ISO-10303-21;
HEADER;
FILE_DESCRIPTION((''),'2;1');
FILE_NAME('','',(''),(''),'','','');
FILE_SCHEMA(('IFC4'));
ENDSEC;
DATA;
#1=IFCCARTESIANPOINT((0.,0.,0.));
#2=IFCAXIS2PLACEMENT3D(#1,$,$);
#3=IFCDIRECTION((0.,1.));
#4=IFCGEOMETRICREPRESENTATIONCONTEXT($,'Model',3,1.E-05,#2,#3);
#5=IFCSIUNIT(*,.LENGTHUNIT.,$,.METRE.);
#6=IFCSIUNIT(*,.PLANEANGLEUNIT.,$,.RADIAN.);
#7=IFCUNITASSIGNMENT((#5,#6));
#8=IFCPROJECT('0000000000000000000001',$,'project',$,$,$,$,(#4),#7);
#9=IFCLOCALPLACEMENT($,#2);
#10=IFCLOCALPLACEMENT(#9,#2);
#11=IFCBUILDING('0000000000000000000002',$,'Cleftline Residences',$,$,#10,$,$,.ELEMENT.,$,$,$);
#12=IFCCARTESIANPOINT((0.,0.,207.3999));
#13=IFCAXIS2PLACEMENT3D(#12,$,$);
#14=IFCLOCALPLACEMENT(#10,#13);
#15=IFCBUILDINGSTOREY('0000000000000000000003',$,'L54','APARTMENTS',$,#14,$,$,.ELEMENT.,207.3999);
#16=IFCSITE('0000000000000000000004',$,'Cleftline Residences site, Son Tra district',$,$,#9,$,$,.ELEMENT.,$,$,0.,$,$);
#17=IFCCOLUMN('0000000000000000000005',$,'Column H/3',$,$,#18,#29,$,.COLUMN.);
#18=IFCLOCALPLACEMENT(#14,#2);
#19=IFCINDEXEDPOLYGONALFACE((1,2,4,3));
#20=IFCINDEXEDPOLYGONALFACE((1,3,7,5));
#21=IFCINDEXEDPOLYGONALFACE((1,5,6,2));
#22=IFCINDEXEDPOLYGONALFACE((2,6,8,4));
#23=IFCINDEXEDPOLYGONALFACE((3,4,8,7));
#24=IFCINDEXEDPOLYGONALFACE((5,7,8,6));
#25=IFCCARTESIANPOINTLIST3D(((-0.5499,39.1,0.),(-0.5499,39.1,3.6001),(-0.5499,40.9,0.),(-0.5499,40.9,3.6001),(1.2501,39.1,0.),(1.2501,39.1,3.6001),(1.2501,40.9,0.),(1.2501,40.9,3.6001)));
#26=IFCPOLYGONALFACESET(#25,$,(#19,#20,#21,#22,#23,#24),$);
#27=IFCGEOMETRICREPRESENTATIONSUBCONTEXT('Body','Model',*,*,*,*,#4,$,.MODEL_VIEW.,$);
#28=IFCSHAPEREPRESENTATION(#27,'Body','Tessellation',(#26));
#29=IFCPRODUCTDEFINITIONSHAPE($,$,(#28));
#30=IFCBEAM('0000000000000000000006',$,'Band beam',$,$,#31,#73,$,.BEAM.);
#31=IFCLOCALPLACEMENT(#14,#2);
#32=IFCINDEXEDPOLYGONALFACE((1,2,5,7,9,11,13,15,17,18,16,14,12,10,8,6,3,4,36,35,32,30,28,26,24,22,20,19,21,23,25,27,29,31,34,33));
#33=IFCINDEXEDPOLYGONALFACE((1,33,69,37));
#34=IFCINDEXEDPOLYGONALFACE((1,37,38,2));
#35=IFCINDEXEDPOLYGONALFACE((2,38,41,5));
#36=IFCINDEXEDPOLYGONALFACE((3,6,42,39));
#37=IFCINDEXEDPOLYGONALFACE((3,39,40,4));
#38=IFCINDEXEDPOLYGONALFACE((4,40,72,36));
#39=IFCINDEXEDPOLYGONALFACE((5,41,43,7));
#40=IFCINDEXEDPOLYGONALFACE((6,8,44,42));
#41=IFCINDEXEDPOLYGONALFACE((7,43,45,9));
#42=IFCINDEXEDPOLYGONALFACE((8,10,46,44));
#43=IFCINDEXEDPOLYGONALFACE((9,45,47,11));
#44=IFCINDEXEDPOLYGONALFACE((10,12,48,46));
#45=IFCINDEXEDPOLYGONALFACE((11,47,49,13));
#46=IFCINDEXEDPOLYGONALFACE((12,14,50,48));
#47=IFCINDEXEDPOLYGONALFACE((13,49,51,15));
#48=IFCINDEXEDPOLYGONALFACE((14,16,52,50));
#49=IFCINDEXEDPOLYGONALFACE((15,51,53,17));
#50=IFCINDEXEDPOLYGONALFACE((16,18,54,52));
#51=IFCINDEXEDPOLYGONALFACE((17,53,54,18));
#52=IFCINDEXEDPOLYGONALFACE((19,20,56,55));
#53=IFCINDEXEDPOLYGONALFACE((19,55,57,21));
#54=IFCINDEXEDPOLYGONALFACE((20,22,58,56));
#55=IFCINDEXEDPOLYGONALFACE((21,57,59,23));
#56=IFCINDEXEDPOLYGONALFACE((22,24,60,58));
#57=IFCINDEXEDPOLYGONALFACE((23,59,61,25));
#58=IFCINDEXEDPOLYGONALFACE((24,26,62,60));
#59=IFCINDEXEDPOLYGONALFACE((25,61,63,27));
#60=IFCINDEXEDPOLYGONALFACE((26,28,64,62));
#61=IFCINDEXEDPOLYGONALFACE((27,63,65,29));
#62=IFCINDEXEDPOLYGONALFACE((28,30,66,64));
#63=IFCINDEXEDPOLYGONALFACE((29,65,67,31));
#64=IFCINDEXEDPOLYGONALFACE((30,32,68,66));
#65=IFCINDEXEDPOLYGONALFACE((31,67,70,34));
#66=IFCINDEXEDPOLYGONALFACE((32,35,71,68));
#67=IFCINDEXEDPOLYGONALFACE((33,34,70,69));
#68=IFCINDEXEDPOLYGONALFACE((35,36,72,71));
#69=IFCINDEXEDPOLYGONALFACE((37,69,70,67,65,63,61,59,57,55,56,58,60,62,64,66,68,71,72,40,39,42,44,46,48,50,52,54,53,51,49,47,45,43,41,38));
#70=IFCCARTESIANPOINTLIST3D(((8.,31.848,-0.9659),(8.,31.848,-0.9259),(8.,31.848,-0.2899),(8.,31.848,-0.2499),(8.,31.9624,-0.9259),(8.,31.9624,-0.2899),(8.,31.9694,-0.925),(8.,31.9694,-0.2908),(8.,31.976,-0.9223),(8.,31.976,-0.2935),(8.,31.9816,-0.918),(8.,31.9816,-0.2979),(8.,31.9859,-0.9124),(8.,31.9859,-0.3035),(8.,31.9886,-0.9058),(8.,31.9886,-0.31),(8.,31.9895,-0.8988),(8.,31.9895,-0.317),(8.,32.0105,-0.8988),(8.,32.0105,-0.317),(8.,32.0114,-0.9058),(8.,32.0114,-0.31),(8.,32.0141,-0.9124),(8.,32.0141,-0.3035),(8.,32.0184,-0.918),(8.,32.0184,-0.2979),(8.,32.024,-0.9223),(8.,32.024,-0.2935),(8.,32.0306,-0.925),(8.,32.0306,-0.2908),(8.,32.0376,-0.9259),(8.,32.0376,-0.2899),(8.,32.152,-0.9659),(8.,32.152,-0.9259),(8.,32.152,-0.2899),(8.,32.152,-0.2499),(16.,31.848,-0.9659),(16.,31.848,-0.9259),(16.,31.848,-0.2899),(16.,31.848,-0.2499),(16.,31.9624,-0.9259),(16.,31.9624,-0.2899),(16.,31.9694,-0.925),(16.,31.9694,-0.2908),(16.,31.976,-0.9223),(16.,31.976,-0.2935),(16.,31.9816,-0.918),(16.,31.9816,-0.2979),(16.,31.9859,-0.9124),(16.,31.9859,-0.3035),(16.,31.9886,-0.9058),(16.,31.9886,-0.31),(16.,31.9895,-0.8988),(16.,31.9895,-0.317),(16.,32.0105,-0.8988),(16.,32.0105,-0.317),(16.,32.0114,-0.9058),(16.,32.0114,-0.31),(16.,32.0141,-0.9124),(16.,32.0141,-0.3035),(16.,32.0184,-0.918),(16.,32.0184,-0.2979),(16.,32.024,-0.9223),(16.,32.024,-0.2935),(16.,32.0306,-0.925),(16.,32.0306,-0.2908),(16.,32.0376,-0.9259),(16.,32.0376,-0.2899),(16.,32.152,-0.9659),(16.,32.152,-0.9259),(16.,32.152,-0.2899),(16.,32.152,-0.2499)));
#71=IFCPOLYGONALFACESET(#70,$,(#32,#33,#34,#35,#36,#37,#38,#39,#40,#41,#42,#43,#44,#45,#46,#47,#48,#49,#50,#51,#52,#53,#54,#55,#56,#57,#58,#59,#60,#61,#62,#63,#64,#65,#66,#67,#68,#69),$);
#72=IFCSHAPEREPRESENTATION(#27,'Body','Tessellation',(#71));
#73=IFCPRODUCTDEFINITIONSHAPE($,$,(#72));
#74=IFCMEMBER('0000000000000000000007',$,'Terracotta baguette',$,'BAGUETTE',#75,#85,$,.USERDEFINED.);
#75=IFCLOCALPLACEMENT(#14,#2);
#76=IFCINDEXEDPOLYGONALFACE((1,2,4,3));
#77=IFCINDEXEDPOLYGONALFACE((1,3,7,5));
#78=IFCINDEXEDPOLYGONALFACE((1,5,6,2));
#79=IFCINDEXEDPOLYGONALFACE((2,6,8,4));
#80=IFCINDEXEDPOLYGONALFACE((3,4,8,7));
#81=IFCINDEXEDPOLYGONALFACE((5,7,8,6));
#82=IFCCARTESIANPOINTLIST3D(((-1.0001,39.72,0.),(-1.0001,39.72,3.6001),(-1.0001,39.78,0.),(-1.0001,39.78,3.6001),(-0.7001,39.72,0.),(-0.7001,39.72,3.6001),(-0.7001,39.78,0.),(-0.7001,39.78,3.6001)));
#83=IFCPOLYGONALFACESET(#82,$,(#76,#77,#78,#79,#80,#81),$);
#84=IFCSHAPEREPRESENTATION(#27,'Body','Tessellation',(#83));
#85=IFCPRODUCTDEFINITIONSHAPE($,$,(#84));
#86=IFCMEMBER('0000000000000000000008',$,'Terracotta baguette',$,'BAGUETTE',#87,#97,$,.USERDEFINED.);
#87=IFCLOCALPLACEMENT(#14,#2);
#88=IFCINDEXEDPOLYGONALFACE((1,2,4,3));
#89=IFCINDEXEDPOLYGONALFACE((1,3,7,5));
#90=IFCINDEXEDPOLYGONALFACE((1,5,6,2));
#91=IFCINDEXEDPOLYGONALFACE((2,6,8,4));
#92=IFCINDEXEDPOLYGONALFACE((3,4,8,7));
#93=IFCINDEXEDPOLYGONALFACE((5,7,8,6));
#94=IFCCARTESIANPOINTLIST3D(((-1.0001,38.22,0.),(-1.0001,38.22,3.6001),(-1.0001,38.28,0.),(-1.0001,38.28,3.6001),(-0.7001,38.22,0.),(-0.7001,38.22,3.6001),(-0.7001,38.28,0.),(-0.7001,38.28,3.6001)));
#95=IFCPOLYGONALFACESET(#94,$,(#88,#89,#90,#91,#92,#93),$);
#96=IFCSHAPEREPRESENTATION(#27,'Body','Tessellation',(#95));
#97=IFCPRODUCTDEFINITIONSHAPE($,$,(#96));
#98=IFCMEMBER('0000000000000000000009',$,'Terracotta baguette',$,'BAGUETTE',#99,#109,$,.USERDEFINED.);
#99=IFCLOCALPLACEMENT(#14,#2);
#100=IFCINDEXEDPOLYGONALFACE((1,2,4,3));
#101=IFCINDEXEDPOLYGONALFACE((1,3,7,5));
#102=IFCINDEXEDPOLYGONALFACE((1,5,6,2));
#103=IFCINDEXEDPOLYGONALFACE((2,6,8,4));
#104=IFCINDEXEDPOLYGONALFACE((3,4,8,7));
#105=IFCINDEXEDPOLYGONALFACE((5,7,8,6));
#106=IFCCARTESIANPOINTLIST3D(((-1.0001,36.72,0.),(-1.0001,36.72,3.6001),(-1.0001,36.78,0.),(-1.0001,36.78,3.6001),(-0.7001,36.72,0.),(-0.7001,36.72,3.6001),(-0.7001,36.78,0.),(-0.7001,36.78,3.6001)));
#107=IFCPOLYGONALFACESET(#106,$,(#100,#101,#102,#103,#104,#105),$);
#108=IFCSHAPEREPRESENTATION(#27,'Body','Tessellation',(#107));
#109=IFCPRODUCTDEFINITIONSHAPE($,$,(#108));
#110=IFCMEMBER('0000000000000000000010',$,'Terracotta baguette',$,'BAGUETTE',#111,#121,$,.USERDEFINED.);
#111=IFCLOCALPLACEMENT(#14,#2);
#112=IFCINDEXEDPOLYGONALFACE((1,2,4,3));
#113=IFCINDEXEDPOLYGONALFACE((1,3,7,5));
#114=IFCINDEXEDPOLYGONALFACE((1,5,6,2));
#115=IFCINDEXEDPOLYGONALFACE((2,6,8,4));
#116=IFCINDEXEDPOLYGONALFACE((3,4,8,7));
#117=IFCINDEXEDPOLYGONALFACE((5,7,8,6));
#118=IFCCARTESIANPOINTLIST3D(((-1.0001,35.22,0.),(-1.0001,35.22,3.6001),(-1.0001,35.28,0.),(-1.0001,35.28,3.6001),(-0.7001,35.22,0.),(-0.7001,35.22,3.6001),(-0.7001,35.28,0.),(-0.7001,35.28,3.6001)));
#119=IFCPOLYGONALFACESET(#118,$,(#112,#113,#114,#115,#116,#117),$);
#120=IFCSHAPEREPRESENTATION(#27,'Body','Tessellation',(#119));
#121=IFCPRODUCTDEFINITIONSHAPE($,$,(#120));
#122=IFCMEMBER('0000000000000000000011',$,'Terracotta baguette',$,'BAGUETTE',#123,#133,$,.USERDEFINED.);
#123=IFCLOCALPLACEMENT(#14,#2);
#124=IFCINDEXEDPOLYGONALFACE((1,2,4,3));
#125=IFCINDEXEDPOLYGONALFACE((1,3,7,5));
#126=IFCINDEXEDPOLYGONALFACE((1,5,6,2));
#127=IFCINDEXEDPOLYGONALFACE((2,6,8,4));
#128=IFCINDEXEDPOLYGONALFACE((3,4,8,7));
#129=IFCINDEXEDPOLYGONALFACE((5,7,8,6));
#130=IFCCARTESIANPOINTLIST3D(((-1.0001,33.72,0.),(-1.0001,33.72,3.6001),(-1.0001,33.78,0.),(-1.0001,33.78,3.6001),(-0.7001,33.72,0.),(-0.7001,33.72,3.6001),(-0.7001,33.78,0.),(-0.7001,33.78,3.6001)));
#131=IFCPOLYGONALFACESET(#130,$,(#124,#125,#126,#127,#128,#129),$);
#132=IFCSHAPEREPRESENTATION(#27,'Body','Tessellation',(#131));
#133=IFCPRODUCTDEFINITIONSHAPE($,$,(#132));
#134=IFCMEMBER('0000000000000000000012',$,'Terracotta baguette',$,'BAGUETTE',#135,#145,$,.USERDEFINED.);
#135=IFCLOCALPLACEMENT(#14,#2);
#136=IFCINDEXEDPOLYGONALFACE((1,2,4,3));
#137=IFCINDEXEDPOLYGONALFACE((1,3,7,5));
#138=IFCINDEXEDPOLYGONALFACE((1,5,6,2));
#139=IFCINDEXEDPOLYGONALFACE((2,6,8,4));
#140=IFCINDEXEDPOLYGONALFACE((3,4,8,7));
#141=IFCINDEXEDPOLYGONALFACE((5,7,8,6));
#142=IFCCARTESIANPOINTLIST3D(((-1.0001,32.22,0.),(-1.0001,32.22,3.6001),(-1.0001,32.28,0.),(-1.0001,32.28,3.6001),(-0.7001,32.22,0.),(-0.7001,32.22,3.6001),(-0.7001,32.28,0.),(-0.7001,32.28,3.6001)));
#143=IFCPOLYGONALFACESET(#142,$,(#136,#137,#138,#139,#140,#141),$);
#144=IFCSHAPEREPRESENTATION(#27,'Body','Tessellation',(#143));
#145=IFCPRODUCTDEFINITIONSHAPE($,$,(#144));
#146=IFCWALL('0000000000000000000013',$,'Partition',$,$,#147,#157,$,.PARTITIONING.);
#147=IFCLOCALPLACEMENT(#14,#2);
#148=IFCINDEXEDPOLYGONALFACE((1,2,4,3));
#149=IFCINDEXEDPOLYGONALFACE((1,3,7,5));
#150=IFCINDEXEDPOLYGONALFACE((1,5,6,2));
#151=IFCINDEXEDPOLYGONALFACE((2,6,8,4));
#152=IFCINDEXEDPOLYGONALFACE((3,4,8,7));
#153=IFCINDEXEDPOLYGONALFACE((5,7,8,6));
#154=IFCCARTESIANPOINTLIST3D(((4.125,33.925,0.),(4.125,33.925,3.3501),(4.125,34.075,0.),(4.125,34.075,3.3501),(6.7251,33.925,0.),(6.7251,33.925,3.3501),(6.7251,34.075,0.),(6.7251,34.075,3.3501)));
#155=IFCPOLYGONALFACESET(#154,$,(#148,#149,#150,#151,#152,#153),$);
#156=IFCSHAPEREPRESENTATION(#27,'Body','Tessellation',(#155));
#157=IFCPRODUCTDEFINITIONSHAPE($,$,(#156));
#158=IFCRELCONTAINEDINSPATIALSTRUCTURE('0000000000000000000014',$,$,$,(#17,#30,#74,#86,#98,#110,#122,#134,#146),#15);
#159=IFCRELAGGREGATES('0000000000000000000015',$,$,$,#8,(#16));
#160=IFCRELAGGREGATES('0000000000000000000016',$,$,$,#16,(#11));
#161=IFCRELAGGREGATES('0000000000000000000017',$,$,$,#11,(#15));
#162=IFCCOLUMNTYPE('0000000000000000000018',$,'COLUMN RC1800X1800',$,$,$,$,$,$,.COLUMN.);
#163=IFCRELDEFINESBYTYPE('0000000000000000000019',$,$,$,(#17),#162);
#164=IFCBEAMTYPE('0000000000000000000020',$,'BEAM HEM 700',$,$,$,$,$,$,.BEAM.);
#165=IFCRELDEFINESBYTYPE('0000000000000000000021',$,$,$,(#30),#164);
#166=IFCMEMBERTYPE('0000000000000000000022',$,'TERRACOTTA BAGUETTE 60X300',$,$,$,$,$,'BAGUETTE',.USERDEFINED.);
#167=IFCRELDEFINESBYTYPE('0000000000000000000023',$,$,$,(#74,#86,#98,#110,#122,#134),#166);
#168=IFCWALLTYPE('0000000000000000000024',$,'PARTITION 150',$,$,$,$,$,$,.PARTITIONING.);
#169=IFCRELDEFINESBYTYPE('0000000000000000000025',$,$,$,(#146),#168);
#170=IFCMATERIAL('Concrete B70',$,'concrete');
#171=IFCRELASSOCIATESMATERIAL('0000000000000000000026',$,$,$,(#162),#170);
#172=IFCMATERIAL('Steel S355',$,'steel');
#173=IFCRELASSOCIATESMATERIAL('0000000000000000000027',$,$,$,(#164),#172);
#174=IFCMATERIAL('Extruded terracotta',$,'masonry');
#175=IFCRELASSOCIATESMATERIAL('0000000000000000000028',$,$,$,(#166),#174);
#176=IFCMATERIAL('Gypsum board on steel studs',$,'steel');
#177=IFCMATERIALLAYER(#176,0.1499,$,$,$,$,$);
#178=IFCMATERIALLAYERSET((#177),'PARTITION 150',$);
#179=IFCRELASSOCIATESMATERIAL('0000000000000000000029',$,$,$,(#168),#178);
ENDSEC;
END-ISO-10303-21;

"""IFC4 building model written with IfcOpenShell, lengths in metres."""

from ifc_helpers import new_model, si_unit, direction, frame, frame_2d, origin, origin_2d, place, context, subcontext, project, spatial, rectangle, i_section, extrude, material, layer, layer_set, material_profile, profile_set, type_object, element, save


model = new_model("IFC4")

# Units and contexts
model_context = context("Model", 3, precision=1e-05, world=origin(), true_north=direction((0.0, 1.0)))
body_context = subcontext(model_context, "Body", "Model", "MODEL_VIEW")
ifc_project = project(units=[si_unit("LENGTHUNIT", "METRE"), si_unit("PLANEANGLEUNIT", "RADIAN")], contexts=[model_context])

# Site, building, storey
site_placement = place(None, origin())
site = spatial("IfcSite", under=ifc_project, at=site_placement, Name="Cleftline Residences site, Son Tra district", CompositionType="ELEMENT", RefElevation=0.0)
building_placement = place(site_placement, origin())
building = spatial("IfcBuilding", under=site, at=building_placement, Name="Cleftline Residences", CompositionType="ELEMENT")
storey_placement = place(building_placement, frame((0.0, 0.0, 207.3999)))
storey = spatial("IfcBuildingStorey", under=building, at=storey_placement, Name="L54", Description="APARTMENTS", CompositionType="ELEMENT", Elevation=207.3999)

# Column
ifc_material_1 = material(Name="Concrete B70", Category="concrete")
ifc_material_profile_1 = material_profile(ifc_material_1, rectangle(XDim=1.8, YDim=1.8, at=origin_2d()))
ifc_profile_set_1 = profile_set([ifc_material_profile_1], Name="Concrete B70")
column_type = type_object("IfcColumnType", Name="COLUMN RC1800X1800", PredefinedType="COLUMN", material=ifc_profile_set_1)
column_placement = place(storey_placement, frame((0.3501, 40.0, 0.0), z_axis=(0.0, 0.0, 1.0), x_axis=(1.0, 0.0, 0.0)))
element("IfcColumn", 1, at=column_placement, inside=storey, type_object=column_type, Name="Column H/3", PredefinedType="COLUMN", context=body_context, shape_type="SweptSolid", body=[
    extrude(rectangle(XDim=1.8, YDim=1.8, at=origin_2d()), origin(), (0.0, 0.0, 1.0), 3.6001),
])

# Beam
ifc_material_2 = material(Name="Steel S355", Category="steel")
ifc_material_profile_2 = material_profile(ifc_material_2, i_section(OverallWidth=0.304, OverallDepth=0.7161, WebThickness=0.021, FlangeThickness=0.04, FilletRadius=0.0271, at=origin_2d()))
ifc_profile_set_2 = profile_set([ifc_material_profile_2], Name="Steel S355")
beam_type = type_object("IfcBeamType", Name="BEAM HEM 700", PredefinedType="BEAM", material=ifc_profile_set_2)
beam_placement = place(storey_placement, frame((8.0, 32.0, -0.6079), z_axis=(1.0, 0.0, 0.0), x_axis=(0.0, 1.0, 0.0)))
element("IfcBeam", 2, at=beam_placement, inside=storey, type_object=beam_type, Name="Band beam", PredefinedType="BEAM", context=body_context, shape_type="SweptSolid", body=[
    extrude(i_section(OverallWidth=0.304, OverallDepth=0.7161, WebThickness=0.021, FlangeThickness=0.04, FilletRadius=0.0271, at=origin_2d()), origin(), (0.0, 0.0, 1.0), 8.0),
])

# Members
ifc_material_3 = material(Name="Extruded terracotta", Category="masonry")
ifc_material_profile_3 = material_profile(ifc_material_3, rectangle(XDim=0.0601, YDim=0.3, at=origin_2d()))
ifc_profile_set_3 = profile_set([ifc_material_profile_3], Name="Extruded terracotta")
member_type = type_object("IfcMemberType", Name="TERRACOTTA BAGUETTE 60X300", ElementType="BAGUETTE", PredefinedType="USERDEFINED", material=ifc_profile_set_3)
for number, where, z_axis, x_axis, name in (
    (3, (-0.8501, 39.75, 0.0), (0.0, 0.0, 1.0), (0.0, 1.0, 0.0), "Terracotta baguette"),
    (4, (-0.8501, 38.25, 0.0), (0.0, 0.0, 1.0), (0.0, 1.0, 0.0), "Terracotta baguette"),
    (5, (-0.8501, 36.75, 0.0), (0.0, 0.0, 1.0), (0.0, 1.0, 0.0), "Terracotta baguette"),
    (6, (-0.8501, 35.25, 0.0), (0.0, 0.0, 1.0), (0.0, 1.0, 0.0), "Terracotta baguette"),
    (7, (-0.8501, 33.75, 0.0), (0.0, 0.0, 1.0), (0.0, 1.0, 0.0), "Terracotta baguette"),
    (8, (-0.8501, 32.25, 0.0), (0.0, 0.0, 1.0), (0.0, 1.0, 0.0), "Terracotta baguette"),
):
    element("IfcMember", number, at=place(storey_placement, frame(where, z_axis=z_axis, x_axis=x_axis)), inside=storey, type_object=member_type, Name=name, ObjectType="BAGUETTE", PredefinedType="USERDEFINED", context=body_context, shape_type="SweptSolid", body=[
        extrude(rectangle(XDim=0.0601, YDim=0.3, at=origin_2d()), origin(), (0.0, 0.0, 1.0), 3.6001),
    ])

# Wall
ifc_material_4 = material(Name="Gypsum board on steel studs", Category="steel")
ifc_layer = layer(ifc_material_4, 0.1499)
ifc_layer_set = layer_set([ifc_layer], Name="PARTITION 150")
wall_type = type_object("IfcWallType", Name="PARTITION 150", PredefinedType="PARTITIONING", material=ifc_layer_set)
wall_1_placement = place(storey_placement, frame((4.125, 34.0, 0.0), z_axis=(0.0, 0.0, 1.0), x_axis=(1.0, 0.0, 0.0)))
element("IfcWall", 9, at=wall_1_placement, inside=storey, type_object=wall_type, Name="Partition", PredefinedType="PARTITIONING", context=body_context, shape_type="SweptSolid", body=[
    extrude(rectangle(XDim=2.6001, YDim=0.1499, at=frame_2d((1.3, 0.0))), origin(), (0.0, 0.0, 1.0), 3.3501),
])

save(model, "model.ifc")
